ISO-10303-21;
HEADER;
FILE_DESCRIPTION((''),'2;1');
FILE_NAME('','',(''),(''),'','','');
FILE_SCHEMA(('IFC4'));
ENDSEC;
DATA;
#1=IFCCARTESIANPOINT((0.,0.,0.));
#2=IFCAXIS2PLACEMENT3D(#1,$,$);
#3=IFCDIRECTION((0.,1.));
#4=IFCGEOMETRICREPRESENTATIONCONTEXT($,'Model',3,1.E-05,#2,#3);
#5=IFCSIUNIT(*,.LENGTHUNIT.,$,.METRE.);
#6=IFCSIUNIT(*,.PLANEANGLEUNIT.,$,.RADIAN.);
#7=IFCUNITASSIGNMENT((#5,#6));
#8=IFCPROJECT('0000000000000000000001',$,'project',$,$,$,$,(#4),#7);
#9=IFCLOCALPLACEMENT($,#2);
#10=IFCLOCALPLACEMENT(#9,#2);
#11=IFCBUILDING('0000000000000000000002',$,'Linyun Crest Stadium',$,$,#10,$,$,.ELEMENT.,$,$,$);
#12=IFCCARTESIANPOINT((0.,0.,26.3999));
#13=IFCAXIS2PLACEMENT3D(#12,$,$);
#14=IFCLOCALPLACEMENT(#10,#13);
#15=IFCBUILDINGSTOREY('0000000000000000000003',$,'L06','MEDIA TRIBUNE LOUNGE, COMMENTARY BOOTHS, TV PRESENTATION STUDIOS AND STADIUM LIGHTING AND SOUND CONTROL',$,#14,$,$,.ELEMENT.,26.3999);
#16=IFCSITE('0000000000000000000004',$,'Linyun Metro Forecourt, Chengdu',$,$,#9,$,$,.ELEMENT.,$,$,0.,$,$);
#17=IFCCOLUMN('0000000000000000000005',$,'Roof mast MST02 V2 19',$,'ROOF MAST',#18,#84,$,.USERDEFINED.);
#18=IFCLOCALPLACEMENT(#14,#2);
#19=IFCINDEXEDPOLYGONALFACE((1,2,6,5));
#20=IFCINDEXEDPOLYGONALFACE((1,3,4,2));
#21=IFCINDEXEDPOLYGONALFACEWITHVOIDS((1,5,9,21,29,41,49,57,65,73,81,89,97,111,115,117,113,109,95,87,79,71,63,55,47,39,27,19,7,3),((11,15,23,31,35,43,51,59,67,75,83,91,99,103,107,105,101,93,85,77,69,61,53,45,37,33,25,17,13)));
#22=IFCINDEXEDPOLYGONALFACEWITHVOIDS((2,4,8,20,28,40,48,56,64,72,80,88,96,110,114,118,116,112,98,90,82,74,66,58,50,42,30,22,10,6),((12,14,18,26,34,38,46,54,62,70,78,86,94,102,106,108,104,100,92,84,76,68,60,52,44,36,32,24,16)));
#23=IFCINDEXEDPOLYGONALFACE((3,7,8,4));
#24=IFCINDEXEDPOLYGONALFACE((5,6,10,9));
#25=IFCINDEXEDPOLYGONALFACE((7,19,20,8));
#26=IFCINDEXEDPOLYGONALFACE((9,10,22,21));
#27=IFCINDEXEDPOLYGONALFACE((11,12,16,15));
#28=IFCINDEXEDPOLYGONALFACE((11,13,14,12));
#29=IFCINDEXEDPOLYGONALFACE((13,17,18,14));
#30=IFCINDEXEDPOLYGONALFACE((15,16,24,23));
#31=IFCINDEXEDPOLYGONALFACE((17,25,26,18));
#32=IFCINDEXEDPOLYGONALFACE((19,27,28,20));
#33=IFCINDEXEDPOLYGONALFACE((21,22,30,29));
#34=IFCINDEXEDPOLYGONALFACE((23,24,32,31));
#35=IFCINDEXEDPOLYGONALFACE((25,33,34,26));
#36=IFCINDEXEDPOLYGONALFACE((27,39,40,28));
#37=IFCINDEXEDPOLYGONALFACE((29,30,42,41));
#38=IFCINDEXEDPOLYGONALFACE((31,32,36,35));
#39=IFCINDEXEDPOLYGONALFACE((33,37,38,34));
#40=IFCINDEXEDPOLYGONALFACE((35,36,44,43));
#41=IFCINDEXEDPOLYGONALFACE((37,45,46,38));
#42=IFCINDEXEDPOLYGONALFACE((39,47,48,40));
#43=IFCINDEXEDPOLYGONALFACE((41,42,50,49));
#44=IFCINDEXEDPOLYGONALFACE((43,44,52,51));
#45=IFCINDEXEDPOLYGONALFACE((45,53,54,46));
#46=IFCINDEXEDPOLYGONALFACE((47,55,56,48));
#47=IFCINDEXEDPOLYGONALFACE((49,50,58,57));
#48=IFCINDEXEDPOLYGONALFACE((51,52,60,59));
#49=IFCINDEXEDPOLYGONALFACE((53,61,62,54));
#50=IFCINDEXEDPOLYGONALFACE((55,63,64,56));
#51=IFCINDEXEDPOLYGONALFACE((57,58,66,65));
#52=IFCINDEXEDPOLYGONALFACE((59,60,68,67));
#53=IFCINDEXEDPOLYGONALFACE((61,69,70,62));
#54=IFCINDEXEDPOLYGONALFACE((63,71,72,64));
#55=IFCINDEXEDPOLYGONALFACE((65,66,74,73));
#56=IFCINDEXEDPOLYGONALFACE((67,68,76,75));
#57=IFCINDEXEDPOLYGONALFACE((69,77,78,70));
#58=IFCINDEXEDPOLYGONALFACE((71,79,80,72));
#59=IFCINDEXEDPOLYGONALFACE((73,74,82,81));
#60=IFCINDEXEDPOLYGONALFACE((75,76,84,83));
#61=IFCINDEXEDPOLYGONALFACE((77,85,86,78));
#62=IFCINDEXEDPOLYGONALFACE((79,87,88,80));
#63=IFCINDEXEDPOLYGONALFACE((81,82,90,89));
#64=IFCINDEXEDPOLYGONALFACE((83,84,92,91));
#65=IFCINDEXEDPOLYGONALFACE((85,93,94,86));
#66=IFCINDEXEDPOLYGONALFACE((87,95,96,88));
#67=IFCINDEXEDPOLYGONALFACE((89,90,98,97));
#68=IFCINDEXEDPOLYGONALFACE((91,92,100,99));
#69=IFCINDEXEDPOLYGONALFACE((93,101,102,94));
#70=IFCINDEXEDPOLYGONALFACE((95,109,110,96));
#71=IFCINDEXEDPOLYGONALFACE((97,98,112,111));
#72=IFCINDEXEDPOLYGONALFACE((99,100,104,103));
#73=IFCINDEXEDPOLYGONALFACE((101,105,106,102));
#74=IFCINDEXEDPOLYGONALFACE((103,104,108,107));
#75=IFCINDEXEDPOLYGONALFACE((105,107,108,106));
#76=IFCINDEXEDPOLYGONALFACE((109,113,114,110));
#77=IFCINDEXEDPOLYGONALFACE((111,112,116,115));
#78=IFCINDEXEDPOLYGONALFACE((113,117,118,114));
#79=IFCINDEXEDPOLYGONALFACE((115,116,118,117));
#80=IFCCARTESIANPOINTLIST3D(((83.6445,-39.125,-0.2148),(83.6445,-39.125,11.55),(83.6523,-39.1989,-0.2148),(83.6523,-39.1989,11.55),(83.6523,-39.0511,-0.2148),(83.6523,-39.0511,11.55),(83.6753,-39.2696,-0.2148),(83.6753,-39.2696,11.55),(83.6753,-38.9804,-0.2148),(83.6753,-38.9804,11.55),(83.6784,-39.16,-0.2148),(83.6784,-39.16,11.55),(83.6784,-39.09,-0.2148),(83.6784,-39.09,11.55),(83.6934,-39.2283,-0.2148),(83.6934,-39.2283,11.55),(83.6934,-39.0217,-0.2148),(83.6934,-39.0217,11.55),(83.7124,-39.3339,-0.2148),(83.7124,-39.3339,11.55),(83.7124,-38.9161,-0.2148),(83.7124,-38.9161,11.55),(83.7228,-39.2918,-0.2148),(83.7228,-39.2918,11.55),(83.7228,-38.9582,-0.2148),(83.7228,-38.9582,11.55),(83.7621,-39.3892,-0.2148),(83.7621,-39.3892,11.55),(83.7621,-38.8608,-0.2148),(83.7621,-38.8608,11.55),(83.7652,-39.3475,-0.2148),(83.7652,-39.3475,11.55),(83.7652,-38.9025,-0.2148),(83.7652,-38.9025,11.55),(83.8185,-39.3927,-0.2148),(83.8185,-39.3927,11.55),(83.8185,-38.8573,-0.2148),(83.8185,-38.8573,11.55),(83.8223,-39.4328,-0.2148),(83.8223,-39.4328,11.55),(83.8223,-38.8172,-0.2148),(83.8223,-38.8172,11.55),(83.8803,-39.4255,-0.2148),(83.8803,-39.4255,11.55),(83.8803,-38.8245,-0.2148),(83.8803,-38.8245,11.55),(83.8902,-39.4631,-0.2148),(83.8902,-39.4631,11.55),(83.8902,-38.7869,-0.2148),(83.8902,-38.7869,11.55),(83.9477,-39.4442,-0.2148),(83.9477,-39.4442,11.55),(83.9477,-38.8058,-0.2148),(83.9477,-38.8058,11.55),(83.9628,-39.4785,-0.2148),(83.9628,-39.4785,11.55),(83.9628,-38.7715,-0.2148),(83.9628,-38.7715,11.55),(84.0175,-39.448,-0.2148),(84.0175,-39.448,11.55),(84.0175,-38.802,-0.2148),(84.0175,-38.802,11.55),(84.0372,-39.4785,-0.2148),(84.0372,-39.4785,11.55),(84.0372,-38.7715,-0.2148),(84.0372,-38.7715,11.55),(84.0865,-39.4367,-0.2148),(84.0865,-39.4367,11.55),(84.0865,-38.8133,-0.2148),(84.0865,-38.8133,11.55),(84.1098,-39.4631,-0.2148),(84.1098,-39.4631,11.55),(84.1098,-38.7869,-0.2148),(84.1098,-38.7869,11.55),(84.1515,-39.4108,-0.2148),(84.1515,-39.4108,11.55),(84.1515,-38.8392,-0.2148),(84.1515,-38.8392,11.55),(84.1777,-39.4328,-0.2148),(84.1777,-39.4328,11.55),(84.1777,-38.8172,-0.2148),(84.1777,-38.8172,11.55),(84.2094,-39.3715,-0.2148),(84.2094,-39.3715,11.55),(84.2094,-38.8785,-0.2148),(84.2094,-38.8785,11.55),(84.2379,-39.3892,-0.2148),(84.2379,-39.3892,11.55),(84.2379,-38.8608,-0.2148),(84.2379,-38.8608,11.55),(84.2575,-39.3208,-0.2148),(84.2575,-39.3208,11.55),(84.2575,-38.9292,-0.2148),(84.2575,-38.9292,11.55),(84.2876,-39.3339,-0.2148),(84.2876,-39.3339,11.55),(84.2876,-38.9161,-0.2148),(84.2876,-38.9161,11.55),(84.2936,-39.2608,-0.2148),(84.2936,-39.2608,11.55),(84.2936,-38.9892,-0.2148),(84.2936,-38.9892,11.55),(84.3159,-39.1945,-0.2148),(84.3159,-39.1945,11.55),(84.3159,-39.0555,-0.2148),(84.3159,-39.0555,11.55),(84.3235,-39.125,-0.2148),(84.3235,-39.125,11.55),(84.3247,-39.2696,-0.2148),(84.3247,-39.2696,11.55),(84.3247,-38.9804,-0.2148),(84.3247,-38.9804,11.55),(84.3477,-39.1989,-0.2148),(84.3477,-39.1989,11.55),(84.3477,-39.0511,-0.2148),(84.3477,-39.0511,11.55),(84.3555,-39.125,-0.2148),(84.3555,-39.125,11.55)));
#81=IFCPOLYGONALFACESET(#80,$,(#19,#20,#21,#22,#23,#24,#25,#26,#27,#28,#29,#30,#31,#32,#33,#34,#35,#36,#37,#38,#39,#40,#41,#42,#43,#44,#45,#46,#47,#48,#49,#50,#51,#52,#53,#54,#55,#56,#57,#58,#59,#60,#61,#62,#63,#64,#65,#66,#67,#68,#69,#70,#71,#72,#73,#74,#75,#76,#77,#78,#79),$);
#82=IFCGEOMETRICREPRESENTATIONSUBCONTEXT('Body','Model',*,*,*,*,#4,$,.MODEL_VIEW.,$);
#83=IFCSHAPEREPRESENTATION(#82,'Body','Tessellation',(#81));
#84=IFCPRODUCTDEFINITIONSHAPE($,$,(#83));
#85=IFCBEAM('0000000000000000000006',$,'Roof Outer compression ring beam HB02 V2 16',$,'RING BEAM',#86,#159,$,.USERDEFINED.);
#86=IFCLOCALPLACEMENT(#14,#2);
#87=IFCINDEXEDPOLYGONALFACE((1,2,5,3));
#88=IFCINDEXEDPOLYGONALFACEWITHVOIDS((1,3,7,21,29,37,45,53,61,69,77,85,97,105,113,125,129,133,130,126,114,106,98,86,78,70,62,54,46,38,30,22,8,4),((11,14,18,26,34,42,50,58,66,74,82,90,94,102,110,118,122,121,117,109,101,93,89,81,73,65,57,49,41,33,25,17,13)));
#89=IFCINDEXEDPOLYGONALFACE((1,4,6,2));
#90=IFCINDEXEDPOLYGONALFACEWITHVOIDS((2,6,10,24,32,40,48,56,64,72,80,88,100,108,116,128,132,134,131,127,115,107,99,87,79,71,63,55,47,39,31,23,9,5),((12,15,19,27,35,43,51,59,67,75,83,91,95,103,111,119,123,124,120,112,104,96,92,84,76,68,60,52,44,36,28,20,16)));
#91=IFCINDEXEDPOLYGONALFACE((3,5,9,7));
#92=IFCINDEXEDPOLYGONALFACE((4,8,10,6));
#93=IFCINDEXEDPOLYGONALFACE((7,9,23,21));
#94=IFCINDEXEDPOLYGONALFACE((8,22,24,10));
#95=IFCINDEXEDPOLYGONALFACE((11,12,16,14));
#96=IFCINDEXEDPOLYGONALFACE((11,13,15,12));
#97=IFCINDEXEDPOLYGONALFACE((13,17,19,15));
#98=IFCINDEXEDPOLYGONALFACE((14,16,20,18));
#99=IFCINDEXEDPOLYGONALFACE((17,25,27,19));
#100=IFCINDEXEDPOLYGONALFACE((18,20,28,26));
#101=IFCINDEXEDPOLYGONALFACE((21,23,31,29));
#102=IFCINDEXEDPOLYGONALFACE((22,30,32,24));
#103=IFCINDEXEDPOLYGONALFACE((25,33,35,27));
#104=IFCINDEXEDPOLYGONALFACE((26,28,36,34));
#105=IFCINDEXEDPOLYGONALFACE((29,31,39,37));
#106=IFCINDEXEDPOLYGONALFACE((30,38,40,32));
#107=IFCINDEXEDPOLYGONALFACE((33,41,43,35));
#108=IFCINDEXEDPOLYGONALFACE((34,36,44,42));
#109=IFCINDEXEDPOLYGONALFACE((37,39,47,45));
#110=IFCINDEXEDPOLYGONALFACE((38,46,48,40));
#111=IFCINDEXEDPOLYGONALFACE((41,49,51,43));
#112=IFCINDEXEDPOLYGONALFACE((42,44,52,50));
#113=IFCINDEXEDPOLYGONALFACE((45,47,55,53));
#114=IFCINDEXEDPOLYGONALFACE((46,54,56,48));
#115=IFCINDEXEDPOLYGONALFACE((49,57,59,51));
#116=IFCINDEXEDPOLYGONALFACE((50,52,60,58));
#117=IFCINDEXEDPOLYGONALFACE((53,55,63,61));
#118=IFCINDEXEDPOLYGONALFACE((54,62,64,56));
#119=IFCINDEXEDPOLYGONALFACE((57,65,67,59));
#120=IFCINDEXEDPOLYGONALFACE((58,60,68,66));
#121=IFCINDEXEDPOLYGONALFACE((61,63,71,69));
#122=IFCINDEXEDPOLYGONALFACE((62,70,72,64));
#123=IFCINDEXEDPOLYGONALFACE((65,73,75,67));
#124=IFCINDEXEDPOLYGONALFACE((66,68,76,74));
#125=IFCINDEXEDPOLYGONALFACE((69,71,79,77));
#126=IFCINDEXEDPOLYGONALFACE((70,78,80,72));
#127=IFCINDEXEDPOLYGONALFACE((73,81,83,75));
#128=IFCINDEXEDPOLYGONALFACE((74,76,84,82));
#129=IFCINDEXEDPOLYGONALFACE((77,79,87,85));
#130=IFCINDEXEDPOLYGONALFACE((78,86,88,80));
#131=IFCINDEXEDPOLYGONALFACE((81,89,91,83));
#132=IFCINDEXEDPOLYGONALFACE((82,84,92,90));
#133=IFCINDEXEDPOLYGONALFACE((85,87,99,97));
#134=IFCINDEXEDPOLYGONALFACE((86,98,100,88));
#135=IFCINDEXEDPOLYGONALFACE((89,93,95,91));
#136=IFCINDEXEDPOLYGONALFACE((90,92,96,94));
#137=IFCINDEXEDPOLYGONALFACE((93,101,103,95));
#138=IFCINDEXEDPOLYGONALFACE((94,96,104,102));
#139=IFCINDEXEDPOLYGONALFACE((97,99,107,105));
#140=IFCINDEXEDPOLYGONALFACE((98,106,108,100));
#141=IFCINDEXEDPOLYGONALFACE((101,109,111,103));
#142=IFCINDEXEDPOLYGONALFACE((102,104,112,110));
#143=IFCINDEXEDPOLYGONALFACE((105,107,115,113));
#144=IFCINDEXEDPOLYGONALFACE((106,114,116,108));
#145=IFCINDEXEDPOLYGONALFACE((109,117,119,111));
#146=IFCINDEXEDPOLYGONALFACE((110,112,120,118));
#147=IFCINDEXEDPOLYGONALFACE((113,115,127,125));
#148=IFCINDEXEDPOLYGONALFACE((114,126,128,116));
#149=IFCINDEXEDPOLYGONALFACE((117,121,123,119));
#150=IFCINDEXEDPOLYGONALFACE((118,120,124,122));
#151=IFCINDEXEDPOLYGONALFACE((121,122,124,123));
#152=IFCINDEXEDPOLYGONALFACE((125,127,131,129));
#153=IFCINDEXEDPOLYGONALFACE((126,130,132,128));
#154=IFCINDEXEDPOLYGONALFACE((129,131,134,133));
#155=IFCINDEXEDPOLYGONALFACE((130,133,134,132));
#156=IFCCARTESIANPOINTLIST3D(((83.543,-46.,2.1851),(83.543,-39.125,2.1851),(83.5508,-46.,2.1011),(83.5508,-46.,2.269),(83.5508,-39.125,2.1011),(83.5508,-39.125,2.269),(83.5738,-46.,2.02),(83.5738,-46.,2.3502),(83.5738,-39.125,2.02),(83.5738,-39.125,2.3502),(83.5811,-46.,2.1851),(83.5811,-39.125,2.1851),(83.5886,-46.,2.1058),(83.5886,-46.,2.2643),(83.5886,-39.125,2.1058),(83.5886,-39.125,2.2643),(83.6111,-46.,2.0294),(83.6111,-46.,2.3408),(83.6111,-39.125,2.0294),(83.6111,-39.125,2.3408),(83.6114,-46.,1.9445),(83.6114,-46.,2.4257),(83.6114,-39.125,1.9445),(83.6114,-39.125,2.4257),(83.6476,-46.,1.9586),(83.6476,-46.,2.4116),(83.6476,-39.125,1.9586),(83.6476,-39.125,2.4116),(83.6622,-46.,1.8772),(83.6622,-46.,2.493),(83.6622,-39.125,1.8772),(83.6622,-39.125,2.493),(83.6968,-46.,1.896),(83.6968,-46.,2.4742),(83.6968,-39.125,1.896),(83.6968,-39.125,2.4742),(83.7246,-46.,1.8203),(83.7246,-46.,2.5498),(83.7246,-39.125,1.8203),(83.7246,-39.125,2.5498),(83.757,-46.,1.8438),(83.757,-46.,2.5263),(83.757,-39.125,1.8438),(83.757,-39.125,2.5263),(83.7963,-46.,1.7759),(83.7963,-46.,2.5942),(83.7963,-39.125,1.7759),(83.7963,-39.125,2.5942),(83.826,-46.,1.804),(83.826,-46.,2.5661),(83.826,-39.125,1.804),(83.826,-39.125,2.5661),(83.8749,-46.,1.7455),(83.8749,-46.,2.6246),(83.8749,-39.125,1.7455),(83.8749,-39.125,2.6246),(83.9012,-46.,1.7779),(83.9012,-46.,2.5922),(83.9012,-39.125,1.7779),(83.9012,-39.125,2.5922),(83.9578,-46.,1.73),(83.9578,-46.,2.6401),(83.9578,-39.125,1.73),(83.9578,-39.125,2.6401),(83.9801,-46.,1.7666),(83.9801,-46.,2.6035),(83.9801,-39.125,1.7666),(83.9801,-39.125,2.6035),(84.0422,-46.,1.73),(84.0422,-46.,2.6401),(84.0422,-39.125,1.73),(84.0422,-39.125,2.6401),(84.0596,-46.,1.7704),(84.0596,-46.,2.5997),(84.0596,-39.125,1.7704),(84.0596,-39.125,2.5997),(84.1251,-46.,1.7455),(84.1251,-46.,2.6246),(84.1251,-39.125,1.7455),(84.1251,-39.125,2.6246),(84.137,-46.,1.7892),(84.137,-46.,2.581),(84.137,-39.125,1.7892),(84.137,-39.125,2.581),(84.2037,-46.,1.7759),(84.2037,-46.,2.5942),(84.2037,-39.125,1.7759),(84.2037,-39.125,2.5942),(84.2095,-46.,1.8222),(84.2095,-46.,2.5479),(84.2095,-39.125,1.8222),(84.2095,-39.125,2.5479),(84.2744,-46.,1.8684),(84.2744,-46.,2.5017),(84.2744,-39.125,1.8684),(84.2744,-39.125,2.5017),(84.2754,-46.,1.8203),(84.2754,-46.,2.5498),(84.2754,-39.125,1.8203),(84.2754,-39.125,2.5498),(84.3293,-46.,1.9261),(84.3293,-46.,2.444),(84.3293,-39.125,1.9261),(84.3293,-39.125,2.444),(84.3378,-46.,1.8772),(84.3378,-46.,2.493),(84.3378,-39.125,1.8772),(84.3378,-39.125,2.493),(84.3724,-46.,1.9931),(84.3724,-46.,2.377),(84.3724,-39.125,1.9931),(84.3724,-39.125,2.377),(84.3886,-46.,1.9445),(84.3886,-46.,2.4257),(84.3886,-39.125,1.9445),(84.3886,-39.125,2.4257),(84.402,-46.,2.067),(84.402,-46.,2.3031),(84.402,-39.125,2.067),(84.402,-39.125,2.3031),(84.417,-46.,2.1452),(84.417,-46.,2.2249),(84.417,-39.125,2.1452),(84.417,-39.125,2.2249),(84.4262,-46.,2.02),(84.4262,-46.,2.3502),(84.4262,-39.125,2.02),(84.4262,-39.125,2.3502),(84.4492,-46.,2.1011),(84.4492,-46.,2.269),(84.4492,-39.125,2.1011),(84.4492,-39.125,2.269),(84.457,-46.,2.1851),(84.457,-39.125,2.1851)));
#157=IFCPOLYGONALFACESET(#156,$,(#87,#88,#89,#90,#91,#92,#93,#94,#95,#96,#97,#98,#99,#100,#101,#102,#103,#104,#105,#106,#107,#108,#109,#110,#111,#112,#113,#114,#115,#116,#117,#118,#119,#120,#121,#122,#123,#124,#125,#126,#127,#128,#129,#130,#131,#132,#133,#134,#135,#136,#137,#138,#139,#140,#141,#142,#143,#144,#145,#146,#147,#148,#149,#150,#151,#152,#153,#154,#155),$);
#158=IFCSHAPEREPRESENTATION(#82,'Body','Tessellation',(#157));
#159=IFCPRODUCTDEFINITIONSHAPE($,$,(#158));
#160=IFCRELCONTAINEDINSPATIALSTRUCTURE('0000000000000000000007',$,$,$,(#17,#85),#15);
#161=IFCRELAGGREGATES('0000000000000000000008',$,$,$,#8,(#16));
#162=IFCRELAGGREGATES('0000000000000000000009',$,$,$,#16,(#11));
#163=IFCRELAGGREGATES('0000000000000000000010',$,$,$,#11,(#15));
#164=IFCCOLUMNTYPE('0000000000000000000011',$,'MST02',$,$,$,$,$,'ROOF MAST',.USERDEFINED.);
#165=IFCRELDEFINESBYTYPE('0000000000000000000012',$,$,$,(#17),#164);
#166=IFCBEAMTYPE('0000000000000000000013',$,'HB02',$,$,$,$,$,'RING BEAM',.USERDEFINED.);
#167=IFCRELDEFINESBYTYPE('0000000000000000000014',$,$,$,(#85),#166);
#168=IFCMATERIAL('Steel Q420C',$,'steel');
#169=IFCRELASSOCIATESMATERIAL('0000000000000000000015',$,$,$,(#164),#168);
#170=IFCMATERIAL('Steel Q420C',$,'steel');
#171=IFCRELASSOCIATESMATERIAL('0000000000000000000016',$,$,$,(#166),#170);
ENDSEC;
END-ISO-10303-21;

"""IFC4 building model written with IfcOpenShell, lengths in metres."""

from ifc_helpers import new_model, si_unit, direction, frame, origin, origin_2d, place, context, subcontext, project, spatial, hollow_circle, extrude, material, material_profile, profile_set, type_object, element, save


model = new_model("IFC4")

# Units and contexts
model_context = context("Model", 3, precision=1e-05, world=origin(), true_north=direction((0.0, 1.0)))
body_context = subcontext(model_context, "Body", "Model", "MODEL_VIEW")
ifc_project = project(units=[si_unit("LENGTHUNIT", "METRE"), si_unit("PLANEANGLEUNIT", "RADIAN")], contexts=[model_context])

# Site, building, storey
site_placement = place(None, origin())
site = spatial("IfcSite", under=ifc_project, at=site_placement, Name="Linyun Metro Forecourt, Chengdu", CompositionType="ELEMENT", RefElevation=0.0)
building_placement = place(site_placement, origin())
building = spatial("IfcBuilding", under=site, at=building_placement, Name="Linyun Crest Stadium", CompositionType="ELEMENT")
storey_placement = place(building_placement, frame((0.0, 0.0, 26.3999)))
storey = spatial("IfcBuildingStorey", under=building, at=storey_placement, Name="L06", Description="MEDIA TRIBUNE LOUNGE, COMMENTARY BOOTHS, TV PRESENTATION STUDIOS AND STADIUM LIGHTING AND SOUND CONTROL", CompositionType="ELEMENT", Elevation=26.3999)

# Column
ifc_material_1 = material(Name="Steel Q420C", Category="steel")
ifc_material_profile_1 = material_profile(ifc_material_1, hollow_circle(Radius=0.3555, WallThickness=0.032, at=origin_2d()), Name="CHS 711x32")
ifc_profile_set_1 = profile_set([ifc_material_profile_1], Name="Steel Q420C")
column_type = type_object("IfcColumnType", Name="MST02", ElementType="ROOF MAST", PredefinedType="USERDEFINED", material=ifc_profile_set_1)
column_placement = place(storey_placement, frame((84.0, -39.125, -0.2148), z_axis=(0.0, 0.0, 1.0), x_axis=(1.0, 0.0, 0.0)))
element("IfcColumn", 1, at=column_placement, inside=storey, type_object=column_type, Name="Roof mast MST02 V2 19", ObjectType="ROOF MAST", PredefinedType="USERDEFINED", context=body_context, shape_type="SweptSolid", body=[
    extrude(hollow_circle(Radius=0.3555, WallThickness=0.032, at=origin_2d()), origin(), (0.0, 0.0, 1.0), 11.7649),
])

# Beam
ifc_material_2 = material(Name="Steel Q420C", Category="steel")
ifc_material_profile_2 = material_profile(ifc_material_2, hollow_circle(Radius=0.457, WallThickness=0.0381, at=origin_2d()), Name="CHS 914x38")
ifc_profile_set_2 = profile_set([ifc_material_profile_2], Name="Steel Q420C")
beam_type = type_object("IfcBeamType", Name="HB02", ElementType="RING BEAM", PredefinedType="USERDEFINED", material=ifc_profile_set_2)
beam_placement = place(storey_placement, frame((84.0, -46.0, 2.1851), z_axis=(0.0, 1.0, 0.0), x_axis=(-1.0, 0.0, 0.0)))
element("IfcBeam", 2, at=beam_placement, inside=storey, type_object=beam_type, Name="Roof Outer compression ring beam HB02 V2 16", ObjectType="RING BEAM", PredefinedType="USERDEFINED", context=body_context, shape_type="SweptSolid", body=[
    extrude(hollow_circle(Radius=0.457, WallThickness=0.0381, at=origin_2d()), origin(), (0.0, 0.0, 1.0), 6.875),
])

save(model, "model.ifc")
